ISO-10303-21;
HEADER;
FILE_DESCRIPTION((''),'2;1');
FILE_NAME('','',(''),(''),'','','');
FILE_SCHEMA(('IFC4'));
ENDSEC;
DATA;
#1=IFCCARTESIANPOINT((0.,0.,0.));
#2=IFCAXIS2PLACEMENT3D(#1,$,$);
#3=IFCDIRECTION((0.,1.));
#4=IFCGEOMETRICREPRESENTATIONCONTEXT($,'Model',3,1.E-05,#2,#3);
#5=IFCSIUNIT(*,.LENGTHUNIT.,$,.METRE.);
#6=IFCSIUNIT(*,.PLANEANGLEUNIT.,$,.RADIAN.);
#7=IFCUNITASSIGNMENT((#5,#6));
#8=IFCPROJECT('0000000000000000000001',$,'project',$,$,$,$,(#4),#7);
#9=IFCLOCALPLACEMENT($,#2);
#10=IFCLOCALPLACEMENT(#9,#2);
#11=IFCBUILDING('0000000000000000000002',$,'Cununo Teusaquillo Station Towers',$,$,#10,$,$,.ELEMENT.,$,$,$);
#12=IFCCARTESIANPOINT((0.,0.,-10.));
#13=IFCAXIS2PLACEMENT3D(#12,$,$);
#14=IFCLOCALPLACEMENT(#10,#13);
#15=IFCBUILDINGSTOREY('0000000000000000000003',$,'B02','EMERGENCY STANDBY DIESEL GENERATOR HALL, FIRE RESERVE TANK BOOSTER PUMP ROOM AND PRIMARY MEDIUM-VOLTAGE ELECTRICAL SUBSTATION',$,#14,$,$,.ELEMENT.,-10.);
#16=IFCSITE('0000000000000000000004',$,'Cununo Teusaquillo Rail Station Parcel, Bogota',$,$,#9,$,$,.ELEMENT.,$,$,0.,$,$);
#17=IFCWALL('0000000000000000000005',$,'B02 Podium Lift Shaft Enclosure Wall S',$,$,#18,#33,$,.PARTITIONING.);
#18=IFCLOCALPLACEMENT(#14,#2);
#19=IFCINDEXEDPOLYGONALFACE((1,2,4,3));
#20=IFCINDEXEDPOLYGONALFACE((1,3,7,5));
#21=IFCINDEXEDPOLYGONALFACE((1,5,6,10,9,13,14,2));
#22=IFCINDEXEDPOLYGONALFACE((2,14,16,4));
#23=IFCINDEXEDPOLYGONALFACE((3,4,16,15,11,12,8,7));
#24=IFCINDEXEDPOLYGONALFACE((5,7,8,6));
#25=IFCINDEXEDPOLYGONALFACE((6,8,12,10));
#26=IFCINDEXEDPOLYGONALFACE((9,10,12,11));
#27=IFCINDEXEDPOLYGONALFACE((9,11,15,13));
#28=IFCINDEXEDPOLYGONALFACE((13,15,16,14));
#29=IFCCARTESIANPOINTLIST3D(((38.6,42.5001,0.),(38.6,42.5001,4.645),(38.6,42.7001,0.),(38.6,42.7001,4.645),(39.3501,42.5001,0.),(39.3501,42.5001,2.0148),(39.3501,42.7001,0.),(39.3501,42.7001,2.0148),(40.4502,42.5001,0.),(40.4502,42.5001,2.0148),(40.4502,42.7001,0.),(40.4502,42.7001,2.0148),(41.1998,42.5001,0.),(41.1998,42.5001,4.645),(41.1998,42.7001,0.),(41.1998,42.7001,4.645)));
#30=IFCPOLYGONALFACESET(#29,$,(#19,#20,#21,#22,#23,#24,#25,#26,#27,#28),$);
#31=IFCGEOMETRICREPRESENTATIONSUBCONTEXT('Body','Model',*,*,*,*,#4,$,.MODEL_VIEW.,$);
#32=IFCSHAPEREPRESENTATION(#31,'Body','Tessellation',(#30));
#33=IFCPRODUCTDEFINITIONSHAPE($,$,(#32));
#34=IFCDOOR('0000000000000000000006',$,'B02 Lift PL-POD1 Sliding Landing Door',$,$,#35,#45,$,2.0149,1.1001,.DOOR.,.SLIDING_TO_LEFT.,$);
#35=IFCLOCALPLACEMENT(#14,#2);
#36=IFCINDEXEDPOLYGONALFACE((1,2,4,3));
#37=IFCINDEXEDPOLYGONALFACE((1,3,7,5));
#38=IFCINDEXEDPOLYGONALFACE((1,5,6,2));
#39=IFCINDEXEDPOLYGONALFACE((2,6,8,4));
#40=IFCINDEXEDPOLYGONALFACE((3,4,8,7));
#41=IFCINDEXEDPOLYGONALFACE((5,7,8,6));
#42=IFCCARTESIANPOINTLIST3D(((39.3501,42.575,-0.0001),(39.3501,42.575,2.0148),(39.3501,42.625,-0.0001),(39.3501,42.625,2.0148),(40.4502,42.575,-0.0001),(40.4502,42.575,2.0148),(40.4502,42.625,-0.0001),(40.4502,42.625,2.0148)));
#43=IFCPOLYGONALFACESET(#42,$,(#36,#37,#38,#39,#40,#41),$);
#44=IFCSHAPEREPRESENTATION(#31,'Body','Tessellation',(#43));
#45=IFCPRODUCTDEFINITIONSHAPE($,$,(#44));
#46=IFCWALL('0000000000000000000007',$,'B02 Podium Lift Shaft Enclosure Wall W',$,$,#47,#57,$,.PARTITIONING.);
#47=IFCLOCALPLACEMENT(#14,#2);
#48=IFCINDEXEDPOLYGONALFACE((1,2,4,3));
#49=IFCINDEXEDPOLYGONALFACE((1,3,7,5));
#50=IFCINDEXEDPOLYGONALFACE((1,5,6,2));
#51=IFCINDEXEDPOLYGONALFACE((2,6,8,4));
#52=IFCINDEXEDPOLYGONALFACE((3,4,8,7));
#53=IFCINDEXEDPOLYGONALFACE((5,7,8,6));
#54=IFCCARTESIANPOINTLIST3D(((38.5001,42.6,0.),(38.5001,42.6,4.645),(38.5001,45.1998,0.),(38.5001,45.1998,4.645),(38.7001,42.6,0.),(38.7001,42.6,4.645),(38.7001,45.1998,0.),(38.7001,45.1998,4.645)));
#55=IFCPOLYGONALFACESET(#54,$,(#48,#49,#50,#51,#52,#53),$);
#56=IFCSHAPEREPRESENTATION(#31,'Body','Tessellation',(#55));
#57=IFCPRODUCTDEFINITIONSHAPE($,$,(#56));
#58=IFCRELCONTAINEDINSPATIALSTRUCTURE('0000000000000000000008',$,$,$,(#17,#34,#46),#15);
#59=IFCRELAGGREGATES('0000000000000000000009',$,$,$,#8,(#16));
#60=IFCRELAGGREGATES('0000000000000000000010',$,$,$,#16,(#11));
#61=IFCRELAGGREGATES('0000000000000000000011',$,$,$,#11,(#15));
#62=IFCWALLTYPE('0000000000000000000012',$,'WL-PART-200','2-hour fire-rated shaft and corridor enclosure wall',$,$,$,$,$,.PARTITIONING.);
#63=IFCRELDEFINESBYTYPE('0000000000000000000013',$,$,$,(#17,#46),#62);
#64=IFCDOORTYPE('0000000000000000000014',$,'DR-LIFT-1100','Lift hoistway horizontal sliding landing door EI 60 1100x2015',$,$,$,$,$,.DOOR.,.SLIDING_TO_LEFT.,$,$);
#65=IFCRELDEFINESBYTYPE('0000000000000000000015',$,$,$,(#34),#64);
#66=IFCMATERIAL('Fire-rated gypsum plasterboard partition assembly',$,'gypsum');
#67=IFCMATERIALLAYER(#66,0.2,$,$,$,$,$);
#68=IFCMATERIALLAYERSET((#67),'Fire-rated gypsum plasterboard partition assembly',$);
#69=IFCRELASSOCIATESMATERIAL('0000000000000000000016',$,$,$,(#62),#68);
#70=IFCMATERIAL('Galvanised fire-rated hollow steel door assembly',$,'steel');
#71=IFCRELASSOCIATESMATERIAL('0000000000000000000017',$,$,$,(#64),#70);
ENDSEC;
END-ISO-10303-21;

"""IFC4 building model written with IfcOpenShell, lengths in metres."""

from ifc_helpers import new_model, si_unit, direction, frame, frame_2d, origin, place, context, subcontext, project, spatial, rectangle, extrude, source, transform, mapped, material, layer, layer_set, type_object, element, fill, save


model = new_model("IFC4")

# Units and contexts
model_context = context("Model", 3, precision=1e-05, world=origin(), true_north=direction((0.0, 1.0)))
body_context = subcontext(model_context, "Body", "Model", "MODEL_VIEW")
ifc_project = project(units=[si_unit("LENGTHUNIT", "METRE"), si_unit("PLANEANGLEUNIT", "RADIAN")], contexts=[model_context])

# Site, building, storey
site_placement = place(None, origin())
site = spatial("IfcSite", under=ifc_project, at=site_placement, Name="Cununo Teusaquillo Rail Station Parcel, Bogota", CompositionType="ELEMENT", RefElevation=0.0)
building_placement = place(site_placement, origin())
building = spatial("IfcBuilding", under=site, at=building_placement, Name="Cununo Teusaquillo Station Towers", CompositionType="ELEMENT")
storey_placement = place(building_placement, frame((0.0, 0.0, -10.0)))
storey = spatial("IfcBuildingStorey", under=building, at=storey_placement, Name="B02", Description="EMERGENCY STANDBY DIESEL GENERATOR HALL, FIRE RESERVE TANK BOOSTER PUMP ROOM AND PRIMARY MEDIUM-VOLTAGE ELECTRICAL SUBSTATION", CompositionType="ELEMENT", Elevation=-10.0)

# Wall, opening, door
ifc_material_1 = material(Name="Fire-rated gypsum plasterboard partition assembly", Category="gypsum")
ifc_layer_1 = layer(ifc_material_1, 0.2)
ifc_layer_set_1 = layer_set([ifc_layer_1], Name="Fire-rated gypsum plasterboard partition assembly")
wall_type_1 = type_object("IfcWallType", Name="WL-PART-200", Description="2-hour fire-rated shaft and corridor enclosure wall", PredefinedType="PARTITIONING", material=ifc_layer_set_1)
wall_1_placement = place(storey_placement, frame((38.6001, 42.6001, 0.0), z_axis=(0.0, 0.0, 1.0), x_axis=(1.0, 0.0, 0.0)))
wall_1 = element("IfcWall", 1, at=wall_1_placement, inside=storey, type_object=wall_type_1, Name="B02 Podium Lift Shaft Enclosure Wall S", PredefinedType="PARTITIONING", context=body_context, shape_type="SweptSolid", body=[
    extrude(rectangle(XDim=2.5999, YDim=0.2, at=frame_2d((1.2998, 0.0))), origin(), (0.0, 0.0, 1.0), 4.645),
])
shared_shape_1 = source(origin(), body_context, "Body", "SweptSolid", [
    extrude(rectangle(XDim=1.1001, YDim=2.0149, at=frame_2d((0.55, 1.0073))), frame((0.0, 0.1099, 0.0), z_axis=(0.0, -1.0, 0.0), x_axis=(1.0, 0.0, 0.0)), (0.0, 0.0, 1.0), 0.22),
])
opening_placement = place(wall_1_placement, frame((0.75, 0.0, 0.0)))
opening = element("IfcOpeningElement", 2, at=opening_placement, cuts=wall_1, PredefinedType="OPENING", context=body_context, shape_type="MappedRepresentation", body=[
    mapped(shared_shape_1, transform((0.0, 0.0, 0.0), x_axis=(1.0, 0.0, 0.0), y_axis=(0.0, 1.0, 0.0), z_axis=(0.0, 0.0, 1.0), scale=1.0)),
])
ifc_material_2 = material(Name="Galvanised fire-rated hollow steel door assembly", Category="steel")
door_type = type_object("IfcDoorType", Name="DR-LIFT-1100", Description="Lift hoistway horizontal sliding landing door EI 60 1100x2015", OperationType="SLIDING_TO_LEFT", PredefinedType="DOOR", material=ifc_material_2)
shared_shape_2 = source(origin(), body_context, "Body", "SweptSolid", [
    extrude(rectangle(XDim=1.1001, YDim=2.0149, at=frame_2d((0.55, 1.0073))), frame((0.0, 0.0249, 0.0), z_axis=(0.0, -1.0, 0.0), x_axis=(1.0, 0.0, 0.0)), (0.0, 0.0, 1.0), 0.05),
])
door_placement = place(opening_placement, origin())
door = element("IfcDoor", 3, at=door_placement, inside=storey, type_object=door_type, Name="B02 Lift PL-POD1 Sliding Landing Door", OperationType="SLIDING_TO_LEFT", OverallHeight=2.0149, OverallWidth=1.1001, PredefinedType="DOOR", context=body_context, shape_type="MappedRepresentation", body=[
    mapped(shared_shape_2, transform((0.0, 0.0, 0.0), x_axis=(1.0, 0.0, 0.0), y_axis=(0.0, 1.0, 0.0), z_axis=(0.0, 0.0, 1.0), scale=1.0)),
])
fill(opening, door)

# Wall
wall_2_placement = place(storey_placement, frame((38.6001, 42.6001, 0.0), z_axis=(0.0, 0.0, 1.0), x_axis=(0.0, 1.0, 0.0)))
element("IfcWall", 4, at=wall_2_placement, inside=storey, type_object=wall_type_1, Name="B02 Podium Lift Shaft Enclosure Wall W", PredefinedType="PARTITIONING", context=body_context, shape_type="SweptSolid", body=[
    extrude(rectangle(XDim=2.5999, YDim=0.2, at=frame_2d((1.2998, 0.0))), origin(), (0.0, 0.0, 1.0), 4.645),
])

save(model, "model.ifc")
